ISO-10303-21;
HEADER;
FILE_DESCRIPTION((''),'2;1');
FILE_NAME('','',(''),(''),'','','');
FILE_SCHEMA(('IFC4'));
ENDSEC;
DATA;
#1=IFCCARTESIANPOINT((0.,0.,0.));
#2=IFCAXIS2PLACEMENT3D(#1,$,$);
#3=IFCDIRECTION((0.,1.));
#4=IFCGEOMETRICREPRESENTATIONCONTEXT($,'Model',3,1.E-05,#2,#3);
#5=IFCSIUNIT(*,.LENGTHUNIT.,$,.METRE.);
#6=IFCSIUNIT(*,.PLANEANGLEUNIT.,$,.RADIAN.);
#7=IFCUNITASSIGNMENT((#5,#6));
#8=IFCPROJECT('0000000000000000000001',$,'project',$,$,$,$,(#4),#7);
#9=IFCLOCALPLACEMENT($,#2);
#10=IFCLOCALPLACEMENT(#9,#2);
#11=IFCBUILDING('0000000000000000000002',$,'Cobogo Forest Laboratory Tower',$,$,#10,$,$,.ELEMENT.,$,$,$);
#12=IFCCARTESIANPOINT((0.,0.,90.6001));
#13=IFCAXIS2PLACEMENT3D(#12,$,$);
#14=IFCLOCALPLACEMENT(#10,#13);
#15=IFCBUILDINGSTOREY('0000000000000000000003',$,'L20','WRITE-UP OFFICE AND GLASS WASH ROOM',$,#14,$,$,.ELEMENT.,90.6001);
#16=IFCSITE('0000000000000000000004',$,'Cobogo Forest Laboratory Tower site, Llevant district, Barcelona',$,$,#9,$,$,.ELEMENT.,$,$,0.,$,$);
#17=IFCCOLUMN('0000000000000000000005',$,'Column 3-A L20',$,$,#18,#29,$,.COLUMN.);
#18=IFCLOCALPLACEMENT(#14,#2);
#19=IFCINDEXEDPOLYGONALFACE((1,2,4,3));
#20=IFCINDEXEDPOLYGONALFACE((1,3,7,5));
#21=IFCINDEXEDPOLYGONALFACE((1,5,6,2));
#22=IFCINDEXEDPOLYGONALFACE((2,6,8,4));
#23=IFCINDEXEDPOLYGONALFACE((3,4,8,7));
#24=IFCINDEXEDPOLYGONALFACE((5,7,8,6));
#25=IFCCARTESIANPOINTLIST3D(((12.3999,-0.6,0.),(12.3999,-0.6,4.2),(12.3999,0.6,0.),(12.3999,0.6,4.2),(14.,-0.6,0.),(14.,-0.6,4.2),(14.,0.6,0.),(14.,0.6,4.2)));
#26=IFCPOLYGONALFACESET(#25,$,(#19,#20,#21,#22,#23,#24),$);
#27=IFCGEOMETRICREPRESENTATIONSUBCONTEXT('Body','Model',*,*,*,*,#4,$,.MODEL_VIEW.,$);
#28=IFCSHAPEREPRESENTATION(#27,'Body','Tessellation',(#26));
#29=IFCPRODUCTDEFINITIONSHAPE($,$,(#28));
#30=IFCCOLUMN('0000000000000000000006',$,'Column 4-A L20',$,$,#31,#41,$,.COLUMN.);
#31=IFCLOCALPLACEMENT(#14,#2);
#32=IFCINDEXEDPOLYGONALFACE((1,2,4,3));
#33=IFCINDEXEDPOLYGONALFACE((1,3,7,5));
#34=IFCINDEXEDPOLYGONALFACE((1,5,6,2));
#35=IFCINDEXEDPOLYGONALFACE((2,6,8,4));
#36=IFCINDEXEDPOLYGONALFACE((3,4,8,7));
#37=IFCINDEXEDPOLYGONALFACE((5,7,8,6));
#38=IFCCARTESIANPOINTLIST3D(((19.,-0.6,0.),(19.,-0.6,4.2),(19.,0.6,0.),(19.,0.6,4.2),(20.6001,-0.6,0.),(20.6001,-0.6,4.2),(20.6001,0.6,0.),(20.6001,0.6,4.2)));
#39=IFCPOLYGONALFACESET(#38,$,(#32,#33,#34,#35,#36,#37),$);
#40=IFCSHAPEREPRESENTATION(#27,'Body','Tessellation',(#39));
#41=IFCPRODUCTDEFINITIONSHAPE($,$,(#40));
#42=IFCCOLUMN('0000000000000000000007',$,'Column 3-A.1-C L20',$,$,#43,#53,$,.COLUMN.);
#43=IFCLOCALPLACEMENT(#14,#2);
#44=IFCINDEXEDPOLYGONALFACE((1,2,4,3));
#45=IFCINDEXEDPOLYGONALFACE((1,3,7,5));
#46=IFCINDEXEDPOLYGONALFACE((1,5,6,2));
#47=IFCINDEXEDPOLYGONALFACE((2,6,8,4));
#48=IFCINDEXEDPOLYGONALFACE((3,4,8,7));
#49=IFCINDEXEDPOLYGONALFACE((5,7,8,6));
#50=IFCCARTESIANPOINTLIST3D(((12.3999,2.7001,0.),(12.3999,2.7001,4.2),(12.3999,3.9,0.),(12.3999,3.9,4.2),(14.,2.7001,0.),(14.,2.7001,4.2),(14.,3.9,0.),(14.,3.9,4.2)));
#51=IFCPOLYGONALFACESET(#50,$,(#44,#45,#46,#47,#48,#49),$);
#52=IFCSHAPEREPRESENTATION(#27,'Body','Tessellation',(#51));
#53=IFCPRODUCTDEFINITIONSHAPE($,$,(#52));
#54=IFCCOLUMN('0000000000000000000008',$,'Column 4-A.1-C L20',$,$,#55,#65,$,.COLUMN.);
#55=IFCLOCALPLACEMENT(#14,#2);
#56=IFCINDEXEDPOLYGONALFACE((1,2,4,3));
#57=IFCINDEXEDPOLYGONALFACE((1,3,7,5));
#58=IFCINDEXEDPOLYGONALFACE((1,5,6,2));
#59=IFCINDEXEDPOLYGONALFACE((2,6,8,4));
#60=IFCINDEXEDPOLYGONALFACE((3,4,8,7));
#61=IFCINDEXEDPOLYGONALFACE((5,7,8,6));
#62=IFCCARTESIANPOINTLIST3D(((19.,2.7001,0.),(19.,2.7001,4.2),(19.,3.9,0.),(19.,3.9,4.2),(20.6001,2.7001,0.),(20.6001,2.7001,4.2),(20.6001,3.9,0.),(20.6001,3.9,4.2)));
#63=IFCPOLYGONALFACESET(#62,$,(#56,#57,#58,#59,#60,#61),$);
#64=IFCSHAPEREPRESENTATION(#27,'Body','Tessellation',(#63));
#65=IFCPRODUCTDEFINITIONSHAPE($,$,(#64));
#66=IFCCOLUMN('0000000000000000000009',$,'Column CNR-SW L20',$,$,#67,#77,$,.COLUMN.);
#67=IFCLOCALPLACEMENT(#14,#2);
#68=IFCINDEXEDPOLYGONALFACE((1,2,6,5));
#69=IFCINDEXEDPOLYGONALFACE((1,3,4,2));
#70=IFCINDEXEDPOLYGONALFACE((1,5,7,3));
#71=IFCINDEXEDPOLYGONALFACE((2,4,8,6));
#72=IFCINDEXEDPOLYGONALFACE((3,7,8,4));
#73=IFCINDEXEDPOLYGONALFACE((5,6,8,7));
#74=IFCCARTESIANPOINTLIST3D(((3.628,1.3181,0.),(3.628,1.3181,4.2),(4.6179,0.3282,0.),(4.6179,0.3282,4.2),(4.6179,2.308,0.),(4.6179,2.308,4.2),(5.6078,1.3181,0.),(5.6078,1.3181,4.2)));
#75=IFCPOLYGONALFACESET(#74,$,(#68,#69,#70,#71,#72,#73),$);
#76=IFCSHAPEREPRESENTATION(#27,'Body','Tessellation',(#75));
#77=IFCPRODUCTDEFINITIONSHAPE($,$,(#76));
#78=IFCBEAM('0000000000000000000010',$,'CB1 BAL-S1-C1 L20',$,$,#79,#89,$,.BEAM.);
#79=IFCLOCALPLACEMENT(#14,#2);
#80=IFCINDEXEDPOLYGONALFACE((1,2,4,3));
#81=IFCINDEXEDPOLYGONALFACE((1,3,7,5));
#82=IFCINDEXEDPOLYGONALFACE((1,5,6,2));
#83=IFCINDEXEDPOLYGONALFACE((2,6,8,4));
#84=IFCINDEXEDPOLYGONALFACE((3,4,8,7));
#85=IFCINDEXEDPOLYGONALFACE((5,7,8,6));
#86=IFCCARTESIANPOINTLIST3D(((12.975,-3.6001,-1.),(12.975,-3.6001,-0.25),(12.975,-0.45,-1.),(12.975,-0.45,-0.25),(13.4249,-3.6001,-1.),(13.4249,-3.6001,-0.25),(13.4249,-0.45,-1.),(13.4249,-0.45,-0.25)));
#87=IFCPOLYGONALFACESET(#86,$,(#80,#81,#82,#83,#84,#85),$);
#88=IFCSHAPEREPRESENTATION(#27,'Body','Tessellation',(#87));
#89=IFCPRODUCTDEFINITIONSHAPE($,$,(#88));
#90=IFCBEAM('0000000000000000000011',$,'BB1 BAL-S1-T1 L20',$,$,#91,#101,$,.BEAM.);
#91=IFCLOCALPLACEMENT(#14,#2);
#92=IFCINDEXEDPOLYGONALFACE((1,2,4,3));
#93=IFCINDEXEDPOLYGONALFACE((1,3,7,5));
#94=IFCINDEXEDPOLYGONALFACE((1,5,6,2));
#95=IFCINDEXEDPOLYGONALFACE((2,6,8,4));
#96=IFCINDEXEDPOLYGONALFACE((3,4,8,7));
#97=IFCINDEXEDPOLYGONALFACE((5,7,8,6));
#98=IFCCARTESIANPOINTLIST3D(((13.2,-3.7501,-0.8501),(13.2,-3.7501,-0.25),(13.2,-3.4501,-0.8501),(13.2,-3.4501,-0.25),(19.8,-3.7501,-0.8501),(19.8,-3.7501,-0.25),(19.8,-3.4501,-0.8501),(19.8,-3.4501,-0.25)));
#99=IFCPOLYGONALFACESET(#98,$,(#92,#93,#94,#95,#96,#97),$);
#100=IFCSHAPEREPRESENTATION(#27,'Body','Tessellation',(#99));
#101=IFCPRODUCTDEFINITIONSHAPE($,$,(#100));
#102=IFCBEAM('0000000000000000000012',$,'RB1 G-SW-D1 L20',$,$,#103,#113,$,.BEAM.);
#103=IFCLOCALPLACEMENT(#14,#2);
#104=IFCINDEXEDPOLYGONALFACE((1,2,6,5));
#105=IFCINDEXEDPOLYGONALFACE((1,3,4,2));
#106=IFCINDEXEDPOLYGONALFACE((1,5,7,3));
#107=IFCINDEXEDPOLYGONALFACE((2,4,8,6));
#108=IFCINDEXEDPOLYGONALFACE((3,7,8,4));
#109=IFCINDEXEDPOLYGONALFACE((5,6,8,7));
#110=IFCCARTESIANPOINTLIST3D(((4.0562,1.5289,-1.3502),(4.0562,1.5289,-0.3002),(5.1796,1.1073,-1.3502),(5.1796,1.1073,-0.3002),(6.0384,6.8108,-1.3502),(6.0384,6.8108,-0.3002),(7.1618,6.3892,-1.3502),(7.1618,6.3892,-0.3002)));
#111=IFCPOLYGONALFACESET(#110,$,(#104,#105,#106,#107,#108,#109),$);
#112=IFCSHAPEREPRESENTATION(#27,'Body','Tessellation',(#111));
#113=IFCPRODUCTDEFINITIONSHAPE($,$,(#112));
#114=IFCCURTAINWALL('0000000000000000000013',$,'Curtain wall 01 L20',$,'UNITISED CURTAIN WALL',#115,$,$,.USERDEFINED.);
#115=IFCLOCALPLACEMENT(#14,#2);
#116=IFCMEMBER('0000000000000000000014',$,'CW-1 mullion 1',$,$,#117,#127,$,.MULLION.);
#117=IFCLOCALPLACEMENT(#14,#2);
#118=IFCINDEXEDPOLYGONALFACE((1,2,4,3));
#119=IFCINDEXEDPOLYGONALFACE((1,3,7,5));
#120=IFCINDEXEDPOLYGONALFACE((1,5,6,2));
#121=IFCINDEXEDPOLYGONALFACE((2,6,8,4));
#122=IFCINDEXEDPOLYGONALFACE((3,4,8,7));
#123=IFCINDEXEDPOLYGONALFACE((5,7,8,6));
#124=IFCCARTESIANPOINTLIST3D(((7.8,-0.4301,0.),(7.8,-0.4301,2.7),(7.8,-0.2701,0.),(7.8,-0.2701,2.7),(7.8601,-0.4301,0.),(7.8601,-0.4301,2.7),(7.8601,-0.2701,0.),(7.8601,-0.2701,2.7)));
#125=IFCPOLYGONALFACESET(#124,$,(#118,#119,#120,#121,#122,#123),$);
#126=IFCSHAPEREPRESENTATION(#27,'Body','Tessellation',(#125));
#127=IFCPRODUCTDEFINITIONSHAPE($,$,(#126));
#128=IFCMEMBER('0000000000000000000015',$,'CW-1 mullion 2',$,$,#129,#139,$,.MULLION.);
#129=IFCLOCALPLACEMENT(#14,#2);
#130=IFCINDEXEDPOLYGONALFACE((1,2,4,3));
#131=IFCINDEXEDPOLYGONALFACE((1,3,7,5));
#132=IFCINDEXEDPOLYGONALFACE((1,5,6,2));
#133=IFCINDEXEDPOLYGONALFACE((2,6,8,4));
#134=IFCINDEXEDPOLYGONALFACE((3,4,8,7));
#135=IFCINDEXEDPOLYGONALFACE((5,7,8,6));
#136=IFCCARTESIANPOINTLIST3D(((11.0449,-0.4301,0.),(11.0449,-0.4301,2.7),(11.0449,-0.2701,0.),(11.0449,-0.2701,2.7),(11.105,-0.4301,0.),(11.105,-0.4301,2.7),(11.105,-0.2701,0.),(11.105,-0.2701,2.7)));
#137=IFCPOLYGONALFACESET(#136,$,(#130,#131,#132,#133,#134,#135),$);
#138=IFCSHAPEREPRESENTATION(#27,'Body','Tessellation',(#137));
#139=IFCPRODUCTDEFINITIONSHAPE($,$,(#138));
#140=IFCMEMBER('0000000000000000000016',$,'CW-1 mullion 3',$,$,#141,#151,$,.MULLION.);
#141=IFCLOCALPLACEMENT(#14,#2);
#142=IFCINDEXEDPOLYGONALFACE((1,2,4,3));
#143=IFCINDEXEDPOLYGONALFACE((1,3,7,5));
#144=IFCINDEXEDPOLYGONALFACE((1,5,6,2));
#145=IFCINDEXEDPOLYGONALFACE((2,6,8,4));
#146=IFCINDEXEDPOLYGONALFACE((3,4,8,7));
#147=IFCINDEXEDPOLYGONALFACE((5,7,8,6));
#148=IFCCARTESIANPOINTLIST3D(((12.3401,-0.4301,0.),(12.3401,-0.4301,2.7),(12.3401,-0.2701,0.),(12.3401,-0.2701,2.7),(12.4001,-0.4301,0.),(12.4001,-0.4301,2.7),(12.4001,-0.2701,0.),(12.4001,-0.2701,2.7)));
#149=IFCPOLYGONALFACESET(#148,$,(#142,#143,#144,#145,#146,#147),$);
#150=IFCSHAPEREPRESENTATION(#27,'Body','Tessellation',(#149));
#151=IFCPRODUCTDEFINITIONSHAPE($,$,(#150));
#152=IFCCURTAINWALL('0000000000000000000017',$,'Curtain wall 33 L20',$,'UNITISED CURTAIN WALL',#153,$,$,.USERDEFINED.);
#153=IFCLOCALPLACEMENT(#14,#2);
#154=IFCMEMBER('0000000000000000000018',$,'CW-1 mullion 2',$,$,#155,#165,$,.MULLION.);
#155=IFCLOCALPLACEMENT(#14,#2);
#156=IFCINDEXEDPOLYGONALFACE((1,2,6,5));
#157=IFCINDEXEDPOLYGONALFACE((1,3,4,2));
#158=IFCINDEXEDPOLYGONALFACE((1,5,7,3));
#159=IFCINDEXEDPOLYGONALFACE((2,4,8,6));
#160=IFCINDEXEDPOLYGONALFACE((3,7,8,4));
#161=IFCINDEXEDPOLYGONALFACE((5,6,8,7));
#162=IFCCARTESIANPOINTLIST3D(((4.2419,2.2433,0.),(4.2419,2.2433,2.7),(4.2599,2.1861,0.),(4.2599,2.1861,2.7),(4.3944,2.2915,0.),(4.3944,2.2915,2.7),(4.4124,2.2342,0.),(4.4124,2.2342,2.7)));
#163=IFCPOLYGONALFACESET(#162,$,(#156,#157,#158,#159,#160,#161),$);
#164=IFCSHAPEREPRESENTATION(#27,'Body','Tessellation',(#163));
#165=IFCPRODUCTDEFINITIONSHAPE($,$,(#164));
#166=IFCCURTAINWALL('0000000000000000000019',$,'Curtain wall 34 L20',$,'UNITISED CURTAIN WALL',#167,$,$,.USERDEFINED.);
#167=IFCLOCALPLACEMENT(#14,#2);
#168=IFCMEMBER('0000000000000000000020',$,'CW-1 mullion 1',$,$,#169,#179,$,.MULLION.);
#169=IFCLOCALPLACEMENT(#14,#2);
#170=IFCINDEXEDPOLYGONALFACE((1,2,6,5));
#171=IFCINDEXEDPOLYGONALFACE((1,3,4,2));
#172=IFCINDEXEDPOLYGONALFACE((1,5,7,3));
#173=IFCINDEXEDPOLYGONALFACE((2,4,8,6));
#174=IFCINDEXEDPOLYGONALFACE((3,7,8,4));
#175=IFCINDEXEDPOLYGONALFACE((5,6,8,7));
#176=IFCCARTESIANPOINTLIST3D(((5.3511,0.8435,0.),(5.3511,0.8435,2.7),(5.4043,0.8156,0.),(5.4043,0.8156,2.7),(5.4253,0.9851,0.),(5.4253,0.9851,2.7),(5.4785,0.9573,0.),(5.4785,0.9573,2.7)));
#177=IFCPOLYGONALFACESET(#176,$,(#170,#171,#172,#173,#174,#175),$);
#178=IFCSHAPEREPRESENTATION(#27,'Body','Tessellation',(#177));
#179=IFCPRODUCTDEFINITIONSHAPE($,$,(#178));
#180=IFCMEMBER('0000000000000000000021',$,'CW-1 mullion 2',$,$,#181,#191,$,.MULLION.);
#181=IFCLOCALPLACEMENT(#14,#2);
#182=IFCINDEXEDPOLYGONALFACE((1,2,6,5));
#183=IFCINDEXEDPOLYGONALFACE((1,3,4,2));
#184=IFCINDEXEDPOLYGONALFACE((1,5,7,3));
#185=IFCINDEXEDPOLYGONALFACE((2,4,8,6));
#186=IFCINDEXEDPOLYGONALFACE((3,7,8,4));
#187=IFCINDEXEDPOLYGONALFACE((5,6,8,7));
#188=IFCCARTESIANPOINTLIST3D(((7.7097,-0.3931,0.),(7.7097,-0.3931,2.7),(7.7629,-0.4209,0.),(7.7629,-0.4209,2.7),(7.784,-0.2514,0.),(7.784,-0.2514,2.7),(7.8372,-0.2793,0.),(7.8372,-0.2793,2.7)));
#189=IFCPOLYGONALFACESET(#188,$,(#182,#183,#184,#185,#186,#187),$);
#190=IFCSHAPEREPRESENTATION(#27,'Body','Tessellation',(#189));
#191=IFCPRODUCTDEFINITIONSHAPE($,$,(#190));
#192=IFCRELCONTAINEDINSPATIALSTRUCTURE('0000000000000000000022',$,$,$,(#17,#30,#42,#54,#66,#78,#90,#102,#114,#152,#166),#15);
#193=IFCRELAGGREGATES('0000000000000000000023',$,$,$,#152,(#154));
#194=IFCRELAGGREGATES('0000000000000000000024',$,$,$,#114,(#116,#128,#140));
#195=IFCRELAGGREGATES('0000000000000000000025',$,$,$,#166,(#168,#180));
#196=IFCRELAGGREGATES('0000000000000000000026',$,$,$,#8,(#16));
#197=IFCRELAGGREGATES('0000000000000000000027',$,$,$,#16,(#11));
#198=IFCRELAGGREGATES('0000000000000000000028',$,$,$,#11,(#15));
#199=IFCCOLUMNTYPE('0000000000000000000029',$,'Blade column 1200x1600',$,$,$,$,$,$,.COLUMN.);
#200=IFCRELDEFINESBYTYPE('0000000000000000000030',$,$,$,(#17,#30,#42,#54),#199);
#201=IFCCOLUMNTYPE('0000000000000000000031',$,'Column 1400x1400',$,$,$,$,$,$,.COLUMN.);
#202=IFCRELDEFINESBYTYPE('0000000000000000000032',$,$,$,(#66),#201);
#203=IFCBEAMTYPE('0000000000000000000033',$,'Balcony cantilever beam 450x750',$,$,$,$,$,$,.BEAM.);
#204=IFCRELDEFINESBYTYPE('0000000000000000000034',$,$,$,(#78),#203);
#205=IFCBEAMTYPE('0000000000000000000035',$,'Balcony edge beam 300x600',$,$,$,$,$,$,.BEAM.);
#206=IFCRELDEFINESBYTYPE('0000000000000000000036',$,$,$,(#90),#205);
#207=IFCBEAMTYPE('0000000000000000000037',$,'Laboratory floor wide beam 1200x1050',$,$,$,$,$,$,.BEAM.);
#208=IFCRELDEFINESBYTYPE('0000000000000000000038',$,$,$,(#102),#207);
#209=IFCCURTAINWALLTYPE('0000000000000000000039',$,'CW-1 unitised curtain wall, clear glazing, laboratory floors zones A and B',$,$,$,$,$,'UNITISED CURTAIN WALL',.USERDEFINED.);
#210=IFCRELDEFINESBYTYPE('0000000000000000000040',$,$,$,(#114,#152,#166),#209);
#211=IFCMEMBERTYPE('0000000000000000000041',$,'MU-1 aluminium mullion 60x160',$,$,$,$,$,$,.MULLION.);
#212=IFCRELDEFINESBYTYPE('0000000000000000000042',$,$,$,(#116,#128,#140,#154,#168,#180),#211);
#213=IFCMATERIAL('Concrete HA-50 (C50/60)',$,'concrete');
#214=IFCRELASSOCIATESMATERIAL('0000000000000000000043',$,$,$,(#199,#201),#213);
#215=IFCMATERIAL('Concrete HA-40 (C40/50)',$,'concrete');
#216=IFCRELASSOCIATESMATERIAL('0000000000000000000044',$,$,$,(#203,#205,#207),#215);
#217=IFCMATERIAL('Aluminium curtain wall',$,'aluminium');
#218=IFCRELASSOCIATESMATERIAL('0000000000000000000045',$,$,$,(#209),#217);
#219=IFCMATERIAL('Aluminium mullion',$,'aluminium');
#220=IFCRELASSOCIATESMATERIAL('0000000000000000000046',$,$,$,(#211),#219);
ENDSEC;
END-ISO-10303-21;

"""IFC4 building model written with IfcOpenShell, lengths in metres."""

from ifc_helpers import new_model, si_unit, direction, frame, origin, origin_2d, place, context, subcontext, project, spatial, rectangle, extrude, material, material_profile, profile_set, type_object, element, aggregate, save


model = new_model("IFC4")

# Units and contexts
model_context = context("Model", 3, precision=1e-05, world=origin(), true_north=direction((0.0, 1.0)))
body_context = subcontext(model_context, "Body", "Model", "MODEL_VIEW")
ifc_project = project(units=[si_unit("LENGTHUNIT", "METRE"), si_unit("PLANEANGLEUNIT", "RADIAN")], contexts=[model_context])

# Site, building, storey
site_placement = place(None, origin())
site = spatial("IfcSite", under=ifc_project, at=site_placement, Name="Cobogo Forest Laboratory Tower site, Llevant district, Barcelona", CompositionType="ELEMENT", RefElevation=0.0)
building_placement = place(site_placement, origin())
building = spatial("IfcBuilding", under=site, at=building_placement, Name="Cobogo Forest Laboratory Tower", CompositionType="ELEMENT")
storey_placement = place(building_placement, frame((0.0, 0.0, 90.6001)))
storey = spatial("IfcBuildingStorey", under=building, at=storey_placement, Name="L20", Description="WRITE-UP OFFICE AND GLASS WASH ROOM", CompositionType="ELEMENT", Elevation=90.6001)

# Columns
ifc_material_1 = material(Name="Concrete HA-50 (C50/60)", Category="concrete")
ifc_material_profile_1 = material_profile(ifc_material_1, rectangle(XDim=1.6001, YDim=1.2, at=origin_2d()), Name="RC 1200x1600")
ifc_profile_set_1 = profile_set([ifc_material_profile_1], Name="Concrete HA-50 (C50/60)")
column_type_1 = type_object("IfcColumnType", Name="Blade column 1200x1600", PredefinedType="COLUMN", material=ifc_profile_set_1)
for number, where, z_axis, x_axis, name in (
    (1, (13.2, 0.0, 0.0), (0.0, 0.0, 1.0), (1.0, 0.0, 0.0), "Column 3-A L20"),
    (2, (19.8, 0.0, 0.0), (0.0, 0.0, 1.0), (1.0, 0.0, 0.0), "Column 4-A L20"),
    (3, (13.2, 3.3, 0.0), (0.0, 0.0, 1.0), (1.0, 0.0, 0.0), "Column 3-A.1-C L20"),
    (4, (19.8, 3.3, 0.0), (0.0, 0.0, 1.0), (1.0, 0.0, 0.0), "Column 4-A.1-C L20"),
):
    element("IfcColumn", number, at=place(storey_placement, frame(where, z_axis=z_axis, x_axis=x_axis)), inside=storey, type_object=column_type_1, Name=name, PredefinedType="COLUMN", context=body_context, shape_type="SweptSolid", body=[
        extrude(rectangle(XDim=1.6001, YDim=1.2, at=origin_2d()), origin(), (0.0, 0.0, 1.0), 4.2),
    ])
ifc_material_profile_2 = material_profile(ifc_material_1, rectangle(XDim=1.3999, YDim=1.3999, at=origin_2d()), Name="RC 1400x1400")
ifc_profile_set_2 = profile_set([ifc_material_profile_2], Name="Concrete HA-50 (C50/60)")
column_type_2 = type_object("IfcColumnType", Name="Column 1400x1400", PredefinedType="COLUMN", material=ifc_profile_set_2)
column_placement = place(storey_placement, frame((4.6179, 1.3181, 0.0), z_axis=(0.0, 0.0, 1.0), x_axis=(0.707107, 0.707107, 0.0)))
element("IfcColumn", 5, at=column_placement, inside=storey, type_object=column_type_2, Name="Column CNR-SW L20", PredefinedType="COLUMN", context=body_context, shape_type="SweptSolid", body=[
    extrude(rectangle(XDim=1.3999, YDim=1.3999, at=origin_2d()), origin(), (0.0, 0.0, 1.0), 4.2),
])

# Beams
ifc_material_2 = material(Name="Concrete HA-40 (C40/50)", Category="concrete")
ifc_material_profile_3 = material_profile(ifc_material_2, rectangle(XDim=0.45, YDim=0.75, at=origin_2d()), Name="RC 450x750")
ifc_profile_set_3 = profile_set([ifc_material_profile_3], Name="Concrete HA-40 (C40/50)")
beam_type_1 = type_object("IfcBeamType", Name="Balcony cantilever beam 450x750", PredefinedType="BEAM", material=ifc_profile_set_3)
beam_1_placement = place(storey_placement, frame((13.2, -0.45, -0.625), z_axis=(0.0, -1.0, 0.0), x_axis=(1.0, 0.0, 0.0)))
element("IfcBeam", 6, at=beam_1_placement, inside=storey, type_object=beam_type_1, Name="CB1 BAL-S1-C1 L20", PredefinedType="BEAM", context=body_context, shape_type="SweptSolid", body=[
    extrude(rectangle(XDim=0.45, YDim=0.75, at=origin_2d()), origin(), (0.0, 0.0, 1.0), 3.1501),
])
ifc_material_profile_4 = material_profile(ifc_material_2, rectangle(XDim=0.3, YDim=0.6001, at=origin_2d()), Name="RC 300x600")
ifc_profile_set_4 = profile_set([ifc_material_profile_4], Name="Concrete HA-40 (C40/50)")
beam_type_2 = type_object("IfcBeamType", Name="Balcony edge beam 300x600", PredefinedType="BEAM", material=ifc_profile_set_4)
beam_2_placement = place(storey_placement, frame((13.2, -3.6001, -0.55), z_axis=(1.0, 0.0, 0.0), x_axis=(0.0, 1.0, 0.0)))
element("IfcBeam", 7, at=beam_2_placement, inside=storey, type_object=beam_type_2, Name="BB1 BAL-S1-T1 L20", PredefinedType="BEAM", context=body_context, shape_type="SweptSolid", body=[
    extrude(rectangle(XDim=0.3, YDim=0.6001, at=origin_2d()), origin(), (0.0, 0.0, 1.0), 6.6001),
])
ifc_material_profile_5 = material_profile(ifc_material_2, rectangle(XDim=1.2, YDim=1.05, at=origin_2d()), Name="RC 1200x1050")
ifc_profile_set_5 = profile_set([ifc_material_profile_5], Name="Concrete HA-40 (C40/50)")
beam_type_3 = type_object("IfcBeamType", Name="Laboratory floor wide beam 1200x1050", PredefinedType="BEAM", material=ifc_profile_set_5)
beam_3_placement = place(storey_placement, frame((4.6179, 1.3181, -0.8252), z_axis=(0.351346, 0.936246, 0.0), x_axis=(-0.936246, 0.351346, 0.0)))
element("IfcBeam", 8, at=beam_3_placement, inside=storey, type_object=beam_type_3, Name="RB1 G-SW-D1 L20", PredefinedType="BEAM", context=body_context, shape_type="SweptSolid", body=[
    extrude(rectangle(XDim=1.2, YDim=1.05, at=origin_2d()), origin(), (0.0, 0.0, 1.0), 5.6416),
])

# Curtain wall, members
ifc_material_3 = material(Name="Aluminium curtain wall", Category="aluminium")
curtain_wall_type = type_object("IfcCurtainWallType", Name="CW-1 unitised curtain wall, clear glazing, laboratory floors zones A and B", ElementType="UNITISED CURTAIN WALL", PredefinedType="USERDEFINED", material=ifc_material_3)
curtain_wall_1_placement = place(storey_placement, origin())
curtain_wall_1 = element("IfcCurtainWall", 9, at=curtain_wall_1_placement, inside=storey, type_object=curtain_wall_type, Name="Curtain wall 01 L20", ObjectType="UNITISED CURTAIN WALL", PredefinedType="USERDEFINED")
ifc_material_4 = material(Name="Aluminium mullion", Category="aluminium")
ifc_material_profile_6 = material_profile(ifc_material_4, rectangle(XDim=0.0601, YDim=0.1599, at=origin_2d()), Name="AL 60x160")
ifc_profile_set_6 = profile_set([ifc_material_profile_6], Name="Aluminium mullion")
member_type_1 = type_object("IfcMemberType", Name="MU-1 aluminium mullion 60x160", PredefinedType="MULLION", material=ifc_profile_set_6)
member_1_placement = place(storey_placement, frame((7.8301, -0.3501, 0.0), z_axis=(0.0, 0.0, 1.0), x_axis=(1.0, 0.0, 0.0)))
member_1 = element("IfcMember", 10, at=member_1_placement, type_object=member_type_1, Name="CW-1 mullion 1", PredefinedType="MULLION", context=body_context, shape_type="SweptSolid", body=[
    extrude(rectangle(XDim=0.0601, YDim=0.1599, at=origin_2d()), origin(), (0.0, 0.0, 1.0), 2.7),
])
member_2_placement = place(storey_placement, frame((11.075, -0.3501, 0.0), z_axis=(0.0, 0.0, 1.0), x_axis=(1.0, 0.0, 0.0)))
member_2 = element("IfcMember", 11, at=member_2_placement, type_object=member_type_1, Name="CW-1 mullion 2", PredefinedType="MULLION", context=body_context, shape_type="SweptSolid", body=[
    extrude(rectangle(XDim=0.0601, YDim=0.1599, at=origin_2d()), origin(), (0.0, 0.0, 1.0), 2.7),
])
member_3_placement = place(storey_placement, frame((12.3701, -0.3501, 0.0), z_axis=(0.0, 0.0, 1.0), x_axis=(1.0, 0.0, 0.0)))
member_3 = element("IfcMember", 12, at=member_3_placement, type_object=member_type_1, Name="CW-1 mullion 3", PredefinedType="MULLION", context=body_context, shape_type="SweptSolid", body=[
    extrude(rectangle(XDim=0.0601, YDim=0.1599, at=origin_2d()), origin(), (0.0, 0.0, 1.0), 2.7),
])

# Curtain wall, member
curtain_wall_2_placement = place(storey_placement, origin())
curtain_wall_2 = element("IfcCurtainWall", 13, at=curtain_wall_2_placement, inside=storey, type_object=curtain_wall_type, Name="Curtain wall 33 L20", ObjectType="UNITISED CURTAIN WALL", PredefinedType="USERDEFINED")
member_4_placement = place(storey_placement, frame((4.3271, 2.2388, 0.0), z_axis=(0.0, 0.0, 1.0), x_axis=(0.301135, -0.953581, 0.0)))
member_4 = element("IfcMember", 14, at=member_4_placement, type_object=member_type_1, Name="CW-1 mullion 2", PredefinedType="MULLION", context=body_context, shape_type="SweptSolid", body=[
    extrude(rectangle(XDim=0.0601, YDim=0.1599, at=origin_2d()), origin(), (0.0, 0.0, 1.0), 2.7),
])
aggregate(curtain_wall_2, [member_4])

# Curtain wall, members
curtain_wall_3_placement = place(storey_placement, origin())
curtain_wall_3 = element("IfcCurtainWall", 15, at=curtain_wall_3_placement, inside=storey, type_object=curtain_wall_type, Name="Curtain wall 34 L20", ObjectType="UNITISED CURTAIN WALL", PredefinedType="USERDEFINED")
member_5_placement = place(storey_placement, frame((5.4148, 0.9004, 0.0), z_axis=(0.0, 0.0, 1.0), x_axis=(0.885687, -0.464284, 0.0)))
member_5 = element("IfcMember", 16, at=member_5_placement, type_object=member_type_1, Name="CW-1 mullion 1", PredefinedType="MULLION", context=body_context, shape_type="SweptSolid", body=[
    extrude(rectangle(XDim=0.0601, YDim=0.1599, at=origin_2d()), origin(), (0.0, 0.0, 1.0), 2.7),
])
member_6_placement = place(storey_placement, frame((7.7734, -0.3362, 0.0), z_axis=(0.0, 0.0, 1.0), x_axis=(0.885687, -0.464284, 0.0)))
member_6 = element("IfcMember", 17, at=member_6_placement, type_object=member_type_1, Name="CW-1 mullion 2", PredefinedType="MULLION", context=body_context, shape_type="SweptSolid", body=[
    extrude(rectangle(XDim=0.0601, YDim=0.1599, at=origin_2d()), origin(), (0.0, 0.0, 1.0), 2.7),
])

aggregate(curtain_wall_1, [member_1, member_2, member_3])
aggregate(curtain_wall_3, [member_5, member_6])

save(model, "model.ifc")
